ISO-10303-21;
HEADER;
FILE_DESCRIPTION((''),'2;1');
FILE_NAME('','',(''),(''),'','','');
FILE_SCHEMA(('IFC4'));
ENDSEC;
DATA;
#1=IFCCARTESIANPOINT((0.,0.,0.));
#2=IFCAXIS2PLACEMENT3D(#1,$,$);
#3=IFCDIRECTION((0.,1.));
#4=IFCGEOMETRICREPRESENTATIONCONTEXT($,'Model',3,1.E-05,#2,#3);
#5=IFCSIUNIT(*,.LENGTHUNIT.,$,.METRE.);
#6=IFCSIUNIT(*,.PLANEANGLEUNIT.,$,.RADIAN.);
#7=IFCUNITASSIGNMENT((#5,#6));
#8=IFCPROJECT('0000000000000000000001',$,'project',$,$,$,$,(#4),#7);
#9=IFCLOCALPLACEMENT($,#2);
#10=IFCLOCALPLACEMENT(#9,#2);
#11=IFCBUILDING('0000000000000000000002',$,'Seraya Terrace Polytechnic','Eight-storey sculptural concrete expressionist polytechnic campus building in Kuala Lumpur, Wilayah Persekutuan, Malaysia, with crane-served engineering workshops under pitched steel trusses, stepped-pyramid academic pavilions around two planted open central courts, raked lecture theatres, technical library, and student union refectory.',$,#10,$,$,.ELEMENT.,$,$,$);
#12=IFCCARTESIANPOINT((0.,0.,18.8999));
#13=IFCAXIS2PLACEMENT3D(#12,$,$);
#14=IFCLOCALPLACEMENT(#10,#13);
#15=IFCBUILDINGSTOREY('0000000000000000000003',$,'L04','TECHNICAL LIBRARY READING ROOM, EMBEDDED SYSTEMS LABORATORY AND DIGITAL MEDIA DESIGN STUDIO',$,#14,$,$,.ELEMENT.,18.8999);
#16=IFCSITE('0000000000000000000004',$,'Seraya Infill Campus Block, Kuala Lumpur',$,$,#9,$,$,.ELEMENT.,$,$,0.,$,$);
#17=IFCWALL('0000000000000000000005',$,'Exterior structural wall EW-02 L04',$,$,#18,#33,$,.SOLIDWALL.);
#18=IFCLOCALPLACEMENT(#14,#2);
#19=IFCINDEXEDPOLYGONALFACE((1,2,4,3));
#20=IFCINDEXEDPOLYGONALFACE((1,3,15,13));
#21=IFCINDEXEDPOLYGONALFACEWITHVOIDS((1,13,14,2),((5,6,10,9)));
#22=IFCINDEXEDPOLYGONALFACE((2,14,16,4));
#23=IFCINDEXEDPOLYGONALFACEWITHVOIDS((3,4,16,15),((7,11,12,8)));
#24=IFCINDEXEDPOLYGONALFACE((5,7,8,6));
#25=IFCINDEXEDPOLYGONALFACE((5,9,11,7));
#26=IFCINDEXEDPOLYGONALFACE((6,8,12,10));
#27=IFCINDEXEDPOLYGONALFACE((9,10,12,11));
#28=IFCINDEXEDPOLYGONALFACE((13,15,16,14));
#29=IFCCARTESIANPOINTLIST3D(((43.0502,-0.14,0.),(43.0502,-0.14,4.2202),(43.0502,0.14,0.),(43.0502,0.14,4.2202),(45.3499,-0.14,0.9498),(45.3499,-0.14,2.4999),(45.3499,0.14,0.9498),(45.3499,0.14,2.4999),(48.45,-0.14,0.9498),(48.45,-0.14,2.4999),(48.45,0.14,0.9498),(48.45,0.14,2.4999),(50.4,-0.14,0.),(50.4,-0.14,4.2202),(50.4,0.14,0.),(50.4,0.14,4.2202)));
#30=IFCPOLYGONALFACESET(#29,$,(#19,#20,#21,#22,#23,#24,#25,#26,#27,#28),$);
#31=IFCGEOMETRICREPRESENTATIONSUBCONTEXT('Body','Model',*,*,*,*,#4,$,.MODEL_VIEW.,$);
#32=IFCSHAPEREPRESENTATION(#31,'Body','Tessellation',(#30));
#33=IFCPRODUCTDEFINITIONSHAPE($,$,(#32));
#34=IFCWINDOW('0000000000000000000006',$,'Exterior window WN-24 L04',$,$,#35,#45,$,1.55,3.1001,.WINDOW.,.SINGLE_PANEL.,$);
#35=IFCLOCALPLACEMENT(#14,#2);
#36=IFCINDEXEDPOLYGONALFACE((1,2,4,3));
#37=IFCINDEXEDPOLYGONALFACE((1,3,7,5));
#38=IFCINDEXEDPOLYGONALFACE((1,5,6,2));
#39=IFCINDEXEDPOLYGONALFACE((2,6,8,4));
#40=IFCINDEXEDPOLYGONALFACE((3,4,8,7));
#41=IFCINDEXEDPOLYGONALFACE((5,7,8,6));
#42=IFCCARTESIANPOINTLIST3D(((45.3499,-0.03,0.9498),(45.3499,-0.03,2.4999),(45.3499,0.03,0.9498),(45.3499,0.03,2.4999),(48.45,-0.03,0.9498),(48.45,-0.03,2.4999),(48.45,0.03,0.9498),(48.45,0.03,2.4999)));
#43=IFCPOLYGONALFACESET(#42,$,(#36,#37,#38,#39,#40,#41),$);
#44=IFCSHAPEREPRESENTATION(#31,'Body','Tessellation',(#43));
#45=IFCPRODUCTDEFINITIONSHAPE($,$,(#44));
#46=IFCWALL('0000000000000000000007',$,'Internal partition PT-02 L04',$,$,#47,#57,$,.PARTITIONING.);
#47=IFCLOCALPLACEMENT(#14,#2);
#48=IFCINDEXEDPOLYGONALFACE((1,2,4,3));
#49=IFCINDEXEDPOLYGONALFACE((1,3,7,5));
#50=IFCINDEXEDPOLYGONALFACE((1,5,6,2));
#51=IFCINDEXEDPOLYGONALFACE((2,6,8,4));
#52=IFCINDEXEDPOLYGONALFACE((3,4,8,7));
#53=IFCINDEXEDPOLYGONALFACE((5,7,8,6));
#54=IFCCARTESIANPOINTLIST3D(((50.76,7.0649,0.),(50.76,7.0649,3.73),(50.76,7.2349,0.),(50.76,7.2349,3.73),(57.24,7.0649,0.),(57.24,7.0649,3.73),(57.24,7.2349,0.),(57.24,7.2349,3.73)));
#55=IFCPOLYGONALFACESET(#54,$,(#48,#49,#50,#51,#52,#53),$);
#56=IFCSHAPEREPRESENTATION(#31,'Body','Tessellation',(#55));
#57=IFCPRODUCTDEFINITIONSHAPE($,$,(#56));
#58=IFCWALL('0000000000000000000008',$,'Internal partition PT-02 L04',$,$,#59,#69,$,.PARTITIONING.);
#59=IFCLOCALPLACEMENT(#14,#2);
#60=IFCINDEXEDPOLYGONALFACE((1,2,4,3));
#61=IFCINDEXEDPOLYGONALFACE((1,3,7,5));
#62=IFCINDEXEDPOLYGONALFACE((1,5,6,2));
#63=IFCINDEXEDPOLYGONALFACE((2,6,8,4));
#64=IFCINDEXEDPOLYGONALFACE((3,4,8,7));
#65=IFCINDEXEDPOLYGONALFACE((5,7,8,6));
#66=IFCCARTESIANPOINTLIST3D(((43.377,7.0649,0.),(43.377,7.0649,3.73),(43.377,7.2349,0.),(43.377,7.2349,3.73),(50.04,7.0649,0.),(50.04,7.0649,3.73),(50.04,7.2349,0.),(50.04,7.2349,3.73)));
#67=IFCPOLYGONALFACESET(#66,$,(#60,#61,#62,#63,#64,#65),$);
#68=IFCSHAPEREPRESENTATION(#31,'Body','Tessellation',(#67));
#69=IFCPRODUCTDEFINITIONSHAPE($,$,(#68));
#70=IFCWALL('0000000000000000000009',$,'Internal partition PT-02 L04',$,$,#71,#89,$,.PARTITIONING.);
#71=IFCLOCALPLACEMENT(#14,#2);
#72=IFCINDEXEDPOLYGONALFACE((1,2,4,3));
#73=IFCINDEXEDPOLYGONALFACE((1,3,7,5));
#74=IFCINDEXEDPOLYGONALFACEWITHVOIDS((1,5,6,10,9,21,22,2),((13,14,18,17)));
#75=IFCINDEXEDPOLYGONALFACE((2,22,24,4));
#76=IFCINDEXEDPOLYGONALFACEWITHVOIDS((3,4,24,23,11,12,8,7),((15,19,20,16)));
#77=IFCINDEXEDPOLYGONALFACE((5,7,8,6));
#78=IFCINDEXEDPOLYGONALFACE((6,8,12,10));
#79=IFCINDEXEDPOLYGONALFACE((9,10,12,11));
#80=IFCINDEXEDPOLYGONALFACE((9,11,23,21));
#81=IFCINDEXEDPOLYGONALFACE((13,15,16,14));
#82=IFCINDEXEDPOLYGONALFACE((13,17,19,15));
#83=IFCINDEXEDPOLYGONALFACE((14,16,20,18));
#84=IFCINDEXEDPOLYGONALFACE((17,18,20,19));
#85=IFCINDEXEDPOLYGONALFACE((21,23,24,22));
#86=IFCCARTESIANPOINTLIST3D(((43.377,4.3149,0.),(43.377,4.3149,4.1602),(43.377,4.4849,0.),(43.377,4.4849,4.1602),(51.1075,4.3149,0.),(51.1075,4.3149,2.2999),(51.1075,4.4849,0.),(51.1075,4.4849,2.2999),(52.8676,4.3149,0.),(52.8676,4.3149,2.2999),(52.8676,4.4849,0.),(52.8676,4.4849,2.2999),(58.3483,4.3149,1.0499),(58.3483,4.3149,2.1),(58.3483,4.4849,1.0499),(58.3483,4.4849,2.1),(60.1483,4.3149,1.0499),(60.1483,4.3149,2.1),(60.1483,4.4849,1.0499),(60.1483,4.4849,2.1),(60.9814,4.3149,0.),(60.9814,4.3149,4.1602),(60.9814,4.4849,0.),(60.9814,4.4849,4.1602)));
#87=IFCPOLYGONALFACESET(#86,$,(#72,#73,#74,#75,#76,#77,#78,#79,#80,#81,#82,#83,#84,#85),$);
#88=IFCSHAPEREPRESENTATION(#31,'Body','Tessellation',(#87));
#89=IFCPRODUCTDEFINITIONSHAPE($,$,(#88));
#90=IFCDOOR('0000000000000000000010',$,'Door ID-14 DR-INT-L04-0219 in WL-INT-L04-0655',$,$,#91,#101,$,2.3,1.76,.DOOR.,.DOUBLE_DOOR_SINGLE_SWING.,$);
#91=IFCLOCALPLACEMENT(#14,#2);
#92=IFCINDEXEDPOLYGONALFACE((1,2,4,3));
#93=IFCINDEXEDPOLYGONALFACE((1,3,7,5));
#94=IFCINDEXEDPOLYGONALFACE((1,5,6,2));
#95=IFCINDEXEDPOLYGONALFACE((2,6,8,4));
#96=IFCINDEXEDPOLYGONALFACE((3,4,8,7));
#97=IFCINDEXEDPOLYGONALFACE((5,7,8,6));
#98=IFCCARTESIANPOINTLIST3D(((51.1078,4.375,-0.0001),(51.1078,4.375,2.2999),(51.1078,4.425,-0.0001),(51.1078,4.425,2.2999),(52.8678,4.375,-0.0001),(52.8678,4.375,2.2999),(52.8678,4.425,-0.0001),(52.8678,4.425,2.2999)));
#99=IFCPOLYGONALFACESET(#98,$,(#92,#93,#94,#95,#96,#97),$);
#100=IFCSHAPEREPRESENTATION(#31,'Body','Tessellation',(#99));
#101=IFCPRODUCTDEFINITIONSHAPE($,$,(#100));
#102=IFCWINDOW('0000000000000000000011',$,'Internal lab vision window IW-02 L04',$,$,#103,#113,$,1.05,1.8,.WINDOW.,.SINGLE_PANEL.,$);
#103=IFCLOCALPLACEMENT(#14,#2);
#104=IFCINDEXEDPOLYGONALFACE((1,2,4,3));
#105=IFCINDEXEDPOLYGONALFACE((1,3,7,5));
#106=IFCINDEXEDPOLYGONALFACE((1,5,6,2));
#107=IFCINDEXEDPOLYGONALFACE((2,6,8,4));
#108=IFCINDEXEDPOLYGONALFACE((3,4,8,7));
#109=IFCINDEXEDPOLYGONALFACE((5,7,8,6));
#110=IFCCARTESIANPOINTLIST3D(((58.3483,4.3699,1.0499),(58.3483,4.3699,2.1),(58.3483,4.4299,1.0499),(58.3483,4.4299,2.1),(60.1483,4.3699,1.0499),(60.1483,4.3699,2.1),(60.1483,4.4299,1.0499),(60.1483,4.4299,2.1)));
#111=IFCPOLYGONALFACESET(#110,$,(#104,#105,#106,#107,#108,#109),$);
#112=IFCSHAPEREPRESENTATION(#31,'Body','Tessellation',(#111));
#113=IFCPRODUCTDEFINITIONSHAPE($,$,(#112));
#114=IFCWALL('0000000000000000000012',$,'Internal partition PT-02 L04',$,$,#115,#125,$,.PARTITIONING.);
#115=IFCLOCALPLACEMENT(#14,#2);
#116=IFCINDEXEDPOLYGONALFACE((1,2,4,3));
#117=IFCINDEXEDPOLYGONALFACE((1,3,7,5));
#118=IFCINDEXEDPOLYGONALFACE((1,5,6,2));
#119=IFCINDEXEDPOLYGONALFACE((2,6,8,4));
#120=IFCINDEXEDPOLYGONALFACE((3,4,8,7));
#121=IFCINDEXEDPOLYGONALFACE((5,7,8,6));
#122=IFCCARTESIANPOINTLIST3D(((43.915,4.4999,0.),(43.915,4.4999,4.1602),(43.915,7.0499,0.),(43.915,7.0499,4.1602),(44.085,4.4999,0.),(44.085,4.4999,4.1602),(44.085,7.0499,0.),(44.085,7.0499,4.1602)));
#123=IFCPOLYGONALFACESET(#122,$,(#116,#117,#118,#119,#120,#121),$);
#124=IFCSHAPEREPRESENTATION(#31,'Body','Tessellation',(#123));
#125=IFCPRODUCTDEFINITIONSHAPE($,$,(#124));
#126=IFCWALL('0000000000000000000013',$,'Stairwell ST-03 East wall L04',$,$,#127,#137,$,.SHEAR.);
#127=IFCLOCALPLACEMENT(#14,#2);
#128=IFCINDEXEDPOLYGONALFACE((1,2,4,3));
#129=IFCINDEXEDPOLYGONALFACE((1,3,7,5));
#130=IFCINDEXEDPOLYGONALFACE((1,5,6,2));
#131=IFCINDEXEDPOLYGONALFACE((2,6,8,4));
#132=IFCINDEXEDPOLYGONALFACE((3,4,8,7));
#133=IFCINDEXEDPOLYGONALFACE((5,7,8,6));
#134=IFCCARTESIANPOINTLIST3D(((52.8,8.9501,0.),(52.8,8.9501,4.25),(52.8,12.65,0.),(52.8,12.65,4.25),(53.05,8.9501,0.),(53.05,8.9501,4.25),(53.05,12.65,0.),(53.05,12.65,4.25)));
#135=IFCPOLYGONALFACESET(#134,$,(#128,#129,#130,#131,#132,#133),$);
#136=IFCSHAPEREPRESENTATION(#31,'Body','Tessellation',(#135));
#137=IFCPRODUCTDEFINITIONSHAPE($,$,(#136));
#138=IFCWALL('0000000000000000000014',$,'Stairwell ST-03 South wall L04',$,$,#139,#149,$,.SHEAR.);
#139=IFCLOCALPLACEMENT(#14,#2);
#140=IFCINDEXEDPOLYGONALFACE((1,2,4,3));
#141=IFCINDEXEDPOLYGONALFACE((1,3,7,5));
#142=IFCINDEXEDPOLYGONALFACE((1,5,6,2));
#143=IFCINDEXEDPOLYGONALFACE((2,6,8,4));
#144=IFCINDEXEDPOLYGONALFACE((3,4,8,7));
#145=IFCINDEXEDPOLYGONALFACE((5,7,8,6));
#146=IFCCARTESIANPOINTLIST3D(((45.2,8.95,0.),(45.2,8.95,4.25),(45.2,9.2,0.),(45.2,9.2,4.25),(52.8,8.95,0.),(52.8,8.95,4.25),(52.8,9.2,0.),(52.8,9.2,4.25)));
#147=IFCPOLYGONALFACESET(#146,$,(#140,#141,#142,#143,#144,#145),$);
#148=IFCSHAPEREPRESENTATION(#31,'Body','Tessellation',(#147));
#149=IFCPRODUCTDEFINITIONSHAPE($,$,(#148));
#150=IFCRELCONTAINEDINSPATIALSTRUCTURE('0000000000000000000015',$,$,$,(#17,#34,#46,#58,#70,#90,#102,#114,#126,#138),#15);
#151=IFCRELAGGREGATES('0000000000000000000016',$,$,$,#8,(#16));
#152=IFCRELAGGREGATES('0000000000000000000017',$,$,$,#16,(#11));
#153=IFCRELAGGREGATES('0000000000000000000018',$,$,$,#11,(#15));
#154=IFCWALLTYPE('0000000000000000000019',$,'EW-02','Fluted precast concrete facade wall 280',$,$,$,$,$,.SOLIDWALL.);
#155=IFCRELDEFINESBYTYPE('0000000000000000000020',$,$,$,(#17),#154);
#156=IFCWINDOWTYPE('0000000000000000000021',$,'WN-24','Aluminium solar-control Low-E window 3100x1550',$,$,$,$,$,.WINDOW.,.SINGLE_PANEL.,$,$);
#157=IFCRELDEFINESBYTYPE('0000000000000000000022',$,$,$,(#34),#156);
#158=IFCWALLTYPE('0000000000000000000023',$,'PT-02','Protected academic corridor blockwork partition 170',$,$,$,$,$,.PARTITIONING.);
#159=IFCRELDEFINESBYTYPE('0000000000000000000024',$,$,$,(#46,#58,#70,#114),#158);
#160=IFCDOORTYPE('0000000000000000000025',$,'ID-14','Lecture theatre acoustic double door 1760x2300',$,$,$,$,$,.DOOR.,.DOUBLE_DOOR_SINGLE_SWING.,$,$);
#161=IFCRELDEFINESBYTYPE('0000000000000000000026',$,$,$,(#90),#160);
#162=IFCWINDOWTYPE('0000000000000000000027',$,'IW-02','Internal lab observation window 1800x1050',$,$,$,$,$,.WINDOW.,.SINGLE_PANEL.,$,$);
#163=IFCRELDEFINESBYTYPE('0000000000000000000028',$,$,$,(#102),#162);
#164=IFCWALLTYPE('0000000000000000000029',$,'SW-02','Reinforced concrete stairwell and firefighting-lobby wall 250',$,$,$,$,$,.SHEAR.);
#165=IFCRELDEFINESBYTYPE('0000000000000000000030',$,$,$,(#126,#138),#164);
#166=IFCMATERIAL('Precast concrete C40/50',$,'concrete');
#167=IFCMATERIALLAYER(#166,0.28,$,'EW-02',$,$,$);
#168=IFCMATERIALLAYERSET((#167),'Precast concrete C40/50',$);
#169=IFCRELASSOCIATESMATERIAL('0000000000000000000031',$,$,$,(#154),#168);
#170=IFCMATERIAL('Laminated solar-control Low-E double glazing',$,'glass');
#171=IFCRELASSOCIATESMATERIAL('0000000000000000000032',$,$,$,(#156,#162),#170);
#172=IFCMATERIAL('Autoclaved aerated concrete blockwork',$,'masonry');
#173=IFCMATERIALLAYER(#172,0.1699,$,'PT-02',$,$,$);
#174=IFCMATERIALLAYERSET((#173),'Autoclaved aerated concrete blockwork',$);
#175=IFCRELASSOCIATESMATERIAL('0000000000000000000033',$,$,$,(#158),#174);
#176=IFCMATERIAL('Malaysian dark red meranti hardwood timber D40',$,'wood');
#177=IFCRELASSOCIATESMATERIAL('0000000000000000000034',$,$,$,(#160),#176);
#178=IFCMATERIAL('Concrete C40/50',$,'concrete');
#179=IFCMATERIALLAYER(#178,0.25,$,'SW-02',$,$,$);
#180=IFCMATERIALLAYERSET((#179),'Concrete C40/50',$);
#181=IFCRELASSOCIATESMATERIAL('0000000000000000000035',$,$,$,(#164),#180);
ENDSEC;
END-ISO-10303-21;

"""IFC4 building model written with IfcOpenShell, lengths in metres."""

from ifc_helpers import new_model, si_unit, direction, frame, frame_2d, origin, place, context, subcontext, project, spatial, rectangle, extrude, material, layer, layer_set, type_object, element, fill, save


model = new_model("IFC4")

# Units and contexts
model_context = context("Model", 3, precision=1e-05, world=origin(), true_north=direction((0.0, 1.0)))
body_context = subcontext(model_context, "Body", "Model", "MODEL_VIEW")
ifc_project = project(units=[si_unit("LENGTHUNIT", "METRE"), si_unit("PLANEANGLEUNIT", "RADIAN")], contexts=[model_context])

# Site, building, storey
site_placement = place(None, origin())
site = spatial("IfcSite", under=ifc_project, at=site_placement, Name="Seraya Infill Campus Block, Kuala Lumpur", CompositionType="ELEMENT", RefElevation=0.0)
building_placement = place(site_placement, origin())
building = spatial("IfcBuilding", under=site, at=building_placement, Name="Seraya Terrace Polytechnic", Description="Eight-storey sculptural concrete expressionist polytechnic campus building in Kuala Lumpur, Wilayah Persekutuan, Malaysia, with crane-served engineering workshops under pitched steel trusses, stepped-pyramid academic pavilions around two planted open central courts, raked lecture theatres, technical library, and student union refectory.", CompositionType="ELEMENT")
storey_placement = place(building_placement, frame((0.0, 0.0, 18.8999)))
storey = spatial("IfcBuildingStorey", under=building, at=storey_placement, Name="L04", Description="TECHNICAL LIBRARY READING ROOM, EMBEDDED SYSTEMS LABORATORY AND DIGITAL MEDIA DESIGN STUDIO", CompositionType="ELEMENT", Elevation=18.8999)

# Shared definitions
ifc_material_1 = material(Name="Concrete C40/50", Category="concrete")

# Wall, opening, window
ifc_material_2 = material(Name="Precast concrete C40/50", Category="concrete")
ifc_layer_1 = layer(ifc_material_2, 0.28, Name="EW-02")
ifc_layer_set_1 = layer_set([ifc_layer_1], Name="Precast concrete C40/50")
wall_type_1 = type_object("IfcWallType", Name="EW-02", Description="Fluted precast concrete facade wall 280", PredefinedType="SOLIDWALL", material=ifc_layer_set_1)
ifc_material_3 = material(Name="Laminated solar-control Low-E double glazing", Category="glass")
wall_1_placement = place(storey_placement, frame((50.3999, 0.0, 0.0), z_axis=(0.0, 0.0, 1.0), x_axis=(-1.0, 0.0, 0.0)))
wall_1 = element("IfcWall", 1, at=wall_1_placement, inside=storey, type_object=wall_type_1, Name="Exterior structural wall EW-02 L04", PredefinedType="SOLIDWALL", context=body_context, shape_type="SweptSolid", body=[
    extrude(rectangle(XDim=7.3499, YDim=0.28, at=frame_2d((3.6748, 0.0))), origin(), (0.0, 0.0, 1.0), 4.2202),
])
opening_1_placement = place(wall_1_placement, frame((1.95, 0.0, 0.95)))
opening_1 = element("IfcOpeningElement", 2, at=opening_1_placement, cuts=wall_1, PredefinedType="OPENING", context=body_context, shape_type="SweptSolid", body=[
    extrude(rectangle(XDim=3.1001, YDim=1.55, at=frame_2d((1.55, 0.7749))), frame((0.0, 0.1519, 0.0), z_axis=(0.0, -1.0, 0.0), x_axis=(1.0, 0.0, 0.0)), (0.0, 0.0, 1.0), 0.304),
])
window_type_1 = type_object("IfcWindowType", Name="WN-24", Description="Aluminium solar-control Low-E window 3100x1550", PartitioningType="SINGLE_PANEL", PredefinedType="WINDOW", material=ifc_material_3)
window_1_placement = place(opening_1_placement, origin())
window_1 = element("IfcWindow", 3, at=window_1_placement, inside=storey, type_object=window_type_1, Name="Exterior window WN-24 L04", OverallHeight=1.55, OverallWidth=3.1001, PartitioningType="SINGLE_PANEL", PredefinedType="WINDOW", context=body_context, shape_type="SweptSolid", body=[
    extrude(rectangle(XDim=3.1001, YDim=1.55, at=frame_2d((1.55, 0.7749))), frame((0.0, 0.03, 0.0), z_axis=(0.0, -1.0, 0.0), x_axis=(1.0, 0.0, 0.0)), (0.0, 0.0, 1.0), 0.0601),
])
fill(opening_1, window_1)

# Walls
ifc_material_4 = material(Name="Autoclaved aerated concrete blockwork", Category="masonry")
ifc_layer_2 = layer(ifc_material_4, 0.1699, Name="PT-02")
ifc_layer_set_2 = layer_set([ifc_layer_2], Name="Autoclaved aerated concrete blockwork")
wall_type_2 = type_object("IfcWallType", Name="PT-02", Description="Protected academic corridor blockwork partition 170", PredefinedType="PARTITIONING", material=ifc_layer_set_2)
wall_2_placement = place(storey_placement, frame((50.76, 7.1499, 0.0), z_axis=(0.0, 0.0, 1.0), x_axis=(1.0, 0.0, 0.0)))
element("IfcWall", 4, at=wall_2_placement, inside=storey, type_object=wall_type_2, Name="Internal partition PT-02 L04", PredefinedType="PARTITIONING", context=body_context, shape_type="SweptSolid", body=[
    extrude(rectangle(XDim=6.48, YDim=0.1699, at=frame_2d((3.24, 0.0))), origin(), (0.0, 0.0, 1.0), 3.73),
])
wall_3_placement = place(storey_placement, frame((43.377, 7.1499, 0.0), z_axis=(0.0, 0.0, 1.0), x_axis=(1.0, 0.0, 0.0)))
element("IfcWall", 5, at=wall_3_placement, inside=storey, type_object=wall_type_2, Name="Internal partition PT-02 L04", PredefinedType="PARTITIONING", context=body_context, shape_type="SweptSolid", body=[
    extrude(rectangle(XDim=6.6631, YDim=0.1699, at=frame_2d((3.3315, 0.0))), origin(), (0.0, 0.0, 1.0), 3.73),
])

# Wall, openings, door, window
wall_4_placement = place(storey_placement, frame((43.377, 4.3999, 0.0), z_axis=(0.0, 0.0, 1.0), x_axis=(1.0, 0.0, 0.0)))
wall_4 = element("IfcWall", 6, at=wall_4_placement, inside=storey, type_object=wall_type_2, Name="Internal partition PT-02 L04", PredefinedType="PARTITIONING", context=body_context, shape_type="SweptSolid", body=[
    extrude(rectangle(XDim=17.6045, YDim=0.1699, at=frame_2d((8.8022, 0.0))), origin(), (0.0, 0.0, 1.0), 4.1602),
])
opening_2_placement = place(wall_4_placement, frame((7.7307, 0.0, 0.0)))
opening_2 = element("IfcOpeningElement", 7, at=opening_2_placement, cuts=wall_4, PredefinedType="OPENING", context=body_context, shape_type="SweptSolid", body=[
    extrude(rectangle(XDim=1.76, YDim=2.3, at=frame_2d((0.8799, 1.1499))), frame((0.0, 0.0969, 0.0), z_axis=(0.0, -1.0, 0.0), x_axis=(1.0, 0.0, 0.0)), (0.0, 0.0, 1.0), 0.1938),
])
opening_3_placement = place(wall_4_placement, frame((14.9714, 0.0, 1.05)))
opening_3 = element("IfcOpeningElement", 8, at=opening_3_placement, cuts=wall_4, PredefinedType="OPENING", context=body_context, shape_type="SweptSolid", body=[
    extrude(rectangle(XDim=1.8, YDim=1.05, at=frame_2d((0.8999, 0.5249))), frame((0.0, 0.0969, 0.0), z_axis=(0.0, -1.0, 0.0), x_axis=(1.0, 0.0, 0.0)), (0.0, 0.0, 1.0), 0.1938),
])
ifc_material_5 = material(Name="Malaysian dark red meranti hardwood timber D40", Category="wood")
door_type_1 = type_object("IfcDoorType", Name="ID-14", Description="Lecture theatre acoustic double door 1760x2300", OperationType="DOUBLE_DOOR_SINGLE_SWING", PredefinedType="DOOR", material=ifc_material_5)
door_1_placement = place(opening_2_placement, frame((1.76, 0.0, 0.0), z_axis=(0.0, 0.0, 1.0), x_axis=(-1.0, 0.0, 0.0)))
door_1 = element("IfcDoor", 9, at=door_1_placement, inside=storey, type_object=door_type_1, Name="Door ID-14 DR-INT-L04-0219 in WL-INT-L04-0655", OperationType="DOUBLE_DOOR_SINGLE_SWING", OverallHeight=2.3, OverallWidth=1.76, PredefinedType="DOOR", context=body_context, shape_type="SweptSolid", body=[
    extrude(rectangle(XDim=1.76, YDim=2.3, at=frame_2d((0.8799, 1.1499))), frame((0.0, 0.0249, 0.0), z_axis=(0.0, -1.0, 0.0), x_axis=(1.0, 0.0, 0.0)), (0.0, 0.0, 1.0), 0.05),
])
fill(opening_2, door_1)
window_type_2 = type_object("IfcWindowType", Name="IW-02", Description="Internal lab observation window 1800x1050", PartitioningType="SINGLE_PANEL", PredefinedType="WINDOW", material=ifc_material_3)
window_2_placement = place(opening_3_placement, origin())
window_2 = element("IfcWindow", 10, at=window_2_placement, inside=storey, type_object=window_type_2, Name="Internal lab vision window IW-02 L04", OverallHeight=1.05, OverallWidth=1.8, PartitioningType="SINGLE_PANEL", PredefinedType="WINDOW", context=body_context, shape_type="SweptSolid", body=[
    extrude(rectangle(XDim=1.8, YDim=1.05, at=frame_2d((0.8999, 0.5249))), frame((0.0, 0.03, 0.0), z_axis=(0.0, -1.0, 0.0), x_axis=(1.0, 0.0, 0.0)), (0.0, 0.0, 1.0), 0.0601),
])
fill(opening_3, window_2)

# Wall
wall_5_placement = place(storey_placement, frame((44.0, 4.5, 0.0), z_axis=(0.0, 0.0, 1.0), x_axis=(0.0, 1.0, 0.0)))
element("IfcWall", 11, at=wall_5_placement, inside=storey, type_object=wall_type_2, Name="Internal partition PT-02 L04", PredefinedType="PARTITIONING", context=body_context, shape_type="SweptSolid", body=[
    extrude(rectangle(XDim=2.55, YDim=0.1699, at=frame_2d((1.2749, 0.0))), origin(), (0.0, 0.0, 1.0), 4.1602),
])

# Shared definitions
ifc_layer_3 = layer(ifc_material_1, 0.25, Name="SW-02")
ifc_layer_set_3 = layer_set([ifc_layer_3], Name="Concrete C40/50")
wall_type_3 = type_object("IfcWallType", Name="SW-02", Description="Reinforced concrete stairwell and firefighting-lobby wall 250", PredefinedType="SHEAR", material=ifc_layer_set_3)

# Walls
wall_6_placement = place(storey_placement, frame((52.925, 8.95, 0.0), z_axis=(0.0, 0.0, 1.0), x_axis=(0.0, 1.0, 0.0)))
element("IfcWall", 12, at=wall_6_placement, inside=storey, type_object=wall_type_3, Name="Stairwell ST-03 East wall L04", PredefinedType="SHEAR", context=body_context, shape_type="SweptSolid", body=[
    extrude(rectangle(XDim=3.7, YDim=0.25, at=frame_2d((1.8501, 0.0))), origin(), (0.0, 0.0, 1.0), 4.25),
])
wall_7_placement = place(storey_placement, frame((45.2, 9.075, 0.0), z_axis=(0.0, 0.0, 1.0), x_axis=(1.0, 0.0, 0.0)))
element("IfcWall", 13, at=wall_7_placement, inside=storey, type_object=wall_type_3, Name="Stairwell ST-03 South wall L04", PredefinedType="SHEAR", context=body_context, shape_type="SweptSolid", body=[
    extrude(rectangle(XDim=7.6001, YDim=0.25, at=frame_2d((3.8, 0.0))), origin(), (0.0, 0.0, 1.0), 4.25),
])

save(model, "model.ifc")
